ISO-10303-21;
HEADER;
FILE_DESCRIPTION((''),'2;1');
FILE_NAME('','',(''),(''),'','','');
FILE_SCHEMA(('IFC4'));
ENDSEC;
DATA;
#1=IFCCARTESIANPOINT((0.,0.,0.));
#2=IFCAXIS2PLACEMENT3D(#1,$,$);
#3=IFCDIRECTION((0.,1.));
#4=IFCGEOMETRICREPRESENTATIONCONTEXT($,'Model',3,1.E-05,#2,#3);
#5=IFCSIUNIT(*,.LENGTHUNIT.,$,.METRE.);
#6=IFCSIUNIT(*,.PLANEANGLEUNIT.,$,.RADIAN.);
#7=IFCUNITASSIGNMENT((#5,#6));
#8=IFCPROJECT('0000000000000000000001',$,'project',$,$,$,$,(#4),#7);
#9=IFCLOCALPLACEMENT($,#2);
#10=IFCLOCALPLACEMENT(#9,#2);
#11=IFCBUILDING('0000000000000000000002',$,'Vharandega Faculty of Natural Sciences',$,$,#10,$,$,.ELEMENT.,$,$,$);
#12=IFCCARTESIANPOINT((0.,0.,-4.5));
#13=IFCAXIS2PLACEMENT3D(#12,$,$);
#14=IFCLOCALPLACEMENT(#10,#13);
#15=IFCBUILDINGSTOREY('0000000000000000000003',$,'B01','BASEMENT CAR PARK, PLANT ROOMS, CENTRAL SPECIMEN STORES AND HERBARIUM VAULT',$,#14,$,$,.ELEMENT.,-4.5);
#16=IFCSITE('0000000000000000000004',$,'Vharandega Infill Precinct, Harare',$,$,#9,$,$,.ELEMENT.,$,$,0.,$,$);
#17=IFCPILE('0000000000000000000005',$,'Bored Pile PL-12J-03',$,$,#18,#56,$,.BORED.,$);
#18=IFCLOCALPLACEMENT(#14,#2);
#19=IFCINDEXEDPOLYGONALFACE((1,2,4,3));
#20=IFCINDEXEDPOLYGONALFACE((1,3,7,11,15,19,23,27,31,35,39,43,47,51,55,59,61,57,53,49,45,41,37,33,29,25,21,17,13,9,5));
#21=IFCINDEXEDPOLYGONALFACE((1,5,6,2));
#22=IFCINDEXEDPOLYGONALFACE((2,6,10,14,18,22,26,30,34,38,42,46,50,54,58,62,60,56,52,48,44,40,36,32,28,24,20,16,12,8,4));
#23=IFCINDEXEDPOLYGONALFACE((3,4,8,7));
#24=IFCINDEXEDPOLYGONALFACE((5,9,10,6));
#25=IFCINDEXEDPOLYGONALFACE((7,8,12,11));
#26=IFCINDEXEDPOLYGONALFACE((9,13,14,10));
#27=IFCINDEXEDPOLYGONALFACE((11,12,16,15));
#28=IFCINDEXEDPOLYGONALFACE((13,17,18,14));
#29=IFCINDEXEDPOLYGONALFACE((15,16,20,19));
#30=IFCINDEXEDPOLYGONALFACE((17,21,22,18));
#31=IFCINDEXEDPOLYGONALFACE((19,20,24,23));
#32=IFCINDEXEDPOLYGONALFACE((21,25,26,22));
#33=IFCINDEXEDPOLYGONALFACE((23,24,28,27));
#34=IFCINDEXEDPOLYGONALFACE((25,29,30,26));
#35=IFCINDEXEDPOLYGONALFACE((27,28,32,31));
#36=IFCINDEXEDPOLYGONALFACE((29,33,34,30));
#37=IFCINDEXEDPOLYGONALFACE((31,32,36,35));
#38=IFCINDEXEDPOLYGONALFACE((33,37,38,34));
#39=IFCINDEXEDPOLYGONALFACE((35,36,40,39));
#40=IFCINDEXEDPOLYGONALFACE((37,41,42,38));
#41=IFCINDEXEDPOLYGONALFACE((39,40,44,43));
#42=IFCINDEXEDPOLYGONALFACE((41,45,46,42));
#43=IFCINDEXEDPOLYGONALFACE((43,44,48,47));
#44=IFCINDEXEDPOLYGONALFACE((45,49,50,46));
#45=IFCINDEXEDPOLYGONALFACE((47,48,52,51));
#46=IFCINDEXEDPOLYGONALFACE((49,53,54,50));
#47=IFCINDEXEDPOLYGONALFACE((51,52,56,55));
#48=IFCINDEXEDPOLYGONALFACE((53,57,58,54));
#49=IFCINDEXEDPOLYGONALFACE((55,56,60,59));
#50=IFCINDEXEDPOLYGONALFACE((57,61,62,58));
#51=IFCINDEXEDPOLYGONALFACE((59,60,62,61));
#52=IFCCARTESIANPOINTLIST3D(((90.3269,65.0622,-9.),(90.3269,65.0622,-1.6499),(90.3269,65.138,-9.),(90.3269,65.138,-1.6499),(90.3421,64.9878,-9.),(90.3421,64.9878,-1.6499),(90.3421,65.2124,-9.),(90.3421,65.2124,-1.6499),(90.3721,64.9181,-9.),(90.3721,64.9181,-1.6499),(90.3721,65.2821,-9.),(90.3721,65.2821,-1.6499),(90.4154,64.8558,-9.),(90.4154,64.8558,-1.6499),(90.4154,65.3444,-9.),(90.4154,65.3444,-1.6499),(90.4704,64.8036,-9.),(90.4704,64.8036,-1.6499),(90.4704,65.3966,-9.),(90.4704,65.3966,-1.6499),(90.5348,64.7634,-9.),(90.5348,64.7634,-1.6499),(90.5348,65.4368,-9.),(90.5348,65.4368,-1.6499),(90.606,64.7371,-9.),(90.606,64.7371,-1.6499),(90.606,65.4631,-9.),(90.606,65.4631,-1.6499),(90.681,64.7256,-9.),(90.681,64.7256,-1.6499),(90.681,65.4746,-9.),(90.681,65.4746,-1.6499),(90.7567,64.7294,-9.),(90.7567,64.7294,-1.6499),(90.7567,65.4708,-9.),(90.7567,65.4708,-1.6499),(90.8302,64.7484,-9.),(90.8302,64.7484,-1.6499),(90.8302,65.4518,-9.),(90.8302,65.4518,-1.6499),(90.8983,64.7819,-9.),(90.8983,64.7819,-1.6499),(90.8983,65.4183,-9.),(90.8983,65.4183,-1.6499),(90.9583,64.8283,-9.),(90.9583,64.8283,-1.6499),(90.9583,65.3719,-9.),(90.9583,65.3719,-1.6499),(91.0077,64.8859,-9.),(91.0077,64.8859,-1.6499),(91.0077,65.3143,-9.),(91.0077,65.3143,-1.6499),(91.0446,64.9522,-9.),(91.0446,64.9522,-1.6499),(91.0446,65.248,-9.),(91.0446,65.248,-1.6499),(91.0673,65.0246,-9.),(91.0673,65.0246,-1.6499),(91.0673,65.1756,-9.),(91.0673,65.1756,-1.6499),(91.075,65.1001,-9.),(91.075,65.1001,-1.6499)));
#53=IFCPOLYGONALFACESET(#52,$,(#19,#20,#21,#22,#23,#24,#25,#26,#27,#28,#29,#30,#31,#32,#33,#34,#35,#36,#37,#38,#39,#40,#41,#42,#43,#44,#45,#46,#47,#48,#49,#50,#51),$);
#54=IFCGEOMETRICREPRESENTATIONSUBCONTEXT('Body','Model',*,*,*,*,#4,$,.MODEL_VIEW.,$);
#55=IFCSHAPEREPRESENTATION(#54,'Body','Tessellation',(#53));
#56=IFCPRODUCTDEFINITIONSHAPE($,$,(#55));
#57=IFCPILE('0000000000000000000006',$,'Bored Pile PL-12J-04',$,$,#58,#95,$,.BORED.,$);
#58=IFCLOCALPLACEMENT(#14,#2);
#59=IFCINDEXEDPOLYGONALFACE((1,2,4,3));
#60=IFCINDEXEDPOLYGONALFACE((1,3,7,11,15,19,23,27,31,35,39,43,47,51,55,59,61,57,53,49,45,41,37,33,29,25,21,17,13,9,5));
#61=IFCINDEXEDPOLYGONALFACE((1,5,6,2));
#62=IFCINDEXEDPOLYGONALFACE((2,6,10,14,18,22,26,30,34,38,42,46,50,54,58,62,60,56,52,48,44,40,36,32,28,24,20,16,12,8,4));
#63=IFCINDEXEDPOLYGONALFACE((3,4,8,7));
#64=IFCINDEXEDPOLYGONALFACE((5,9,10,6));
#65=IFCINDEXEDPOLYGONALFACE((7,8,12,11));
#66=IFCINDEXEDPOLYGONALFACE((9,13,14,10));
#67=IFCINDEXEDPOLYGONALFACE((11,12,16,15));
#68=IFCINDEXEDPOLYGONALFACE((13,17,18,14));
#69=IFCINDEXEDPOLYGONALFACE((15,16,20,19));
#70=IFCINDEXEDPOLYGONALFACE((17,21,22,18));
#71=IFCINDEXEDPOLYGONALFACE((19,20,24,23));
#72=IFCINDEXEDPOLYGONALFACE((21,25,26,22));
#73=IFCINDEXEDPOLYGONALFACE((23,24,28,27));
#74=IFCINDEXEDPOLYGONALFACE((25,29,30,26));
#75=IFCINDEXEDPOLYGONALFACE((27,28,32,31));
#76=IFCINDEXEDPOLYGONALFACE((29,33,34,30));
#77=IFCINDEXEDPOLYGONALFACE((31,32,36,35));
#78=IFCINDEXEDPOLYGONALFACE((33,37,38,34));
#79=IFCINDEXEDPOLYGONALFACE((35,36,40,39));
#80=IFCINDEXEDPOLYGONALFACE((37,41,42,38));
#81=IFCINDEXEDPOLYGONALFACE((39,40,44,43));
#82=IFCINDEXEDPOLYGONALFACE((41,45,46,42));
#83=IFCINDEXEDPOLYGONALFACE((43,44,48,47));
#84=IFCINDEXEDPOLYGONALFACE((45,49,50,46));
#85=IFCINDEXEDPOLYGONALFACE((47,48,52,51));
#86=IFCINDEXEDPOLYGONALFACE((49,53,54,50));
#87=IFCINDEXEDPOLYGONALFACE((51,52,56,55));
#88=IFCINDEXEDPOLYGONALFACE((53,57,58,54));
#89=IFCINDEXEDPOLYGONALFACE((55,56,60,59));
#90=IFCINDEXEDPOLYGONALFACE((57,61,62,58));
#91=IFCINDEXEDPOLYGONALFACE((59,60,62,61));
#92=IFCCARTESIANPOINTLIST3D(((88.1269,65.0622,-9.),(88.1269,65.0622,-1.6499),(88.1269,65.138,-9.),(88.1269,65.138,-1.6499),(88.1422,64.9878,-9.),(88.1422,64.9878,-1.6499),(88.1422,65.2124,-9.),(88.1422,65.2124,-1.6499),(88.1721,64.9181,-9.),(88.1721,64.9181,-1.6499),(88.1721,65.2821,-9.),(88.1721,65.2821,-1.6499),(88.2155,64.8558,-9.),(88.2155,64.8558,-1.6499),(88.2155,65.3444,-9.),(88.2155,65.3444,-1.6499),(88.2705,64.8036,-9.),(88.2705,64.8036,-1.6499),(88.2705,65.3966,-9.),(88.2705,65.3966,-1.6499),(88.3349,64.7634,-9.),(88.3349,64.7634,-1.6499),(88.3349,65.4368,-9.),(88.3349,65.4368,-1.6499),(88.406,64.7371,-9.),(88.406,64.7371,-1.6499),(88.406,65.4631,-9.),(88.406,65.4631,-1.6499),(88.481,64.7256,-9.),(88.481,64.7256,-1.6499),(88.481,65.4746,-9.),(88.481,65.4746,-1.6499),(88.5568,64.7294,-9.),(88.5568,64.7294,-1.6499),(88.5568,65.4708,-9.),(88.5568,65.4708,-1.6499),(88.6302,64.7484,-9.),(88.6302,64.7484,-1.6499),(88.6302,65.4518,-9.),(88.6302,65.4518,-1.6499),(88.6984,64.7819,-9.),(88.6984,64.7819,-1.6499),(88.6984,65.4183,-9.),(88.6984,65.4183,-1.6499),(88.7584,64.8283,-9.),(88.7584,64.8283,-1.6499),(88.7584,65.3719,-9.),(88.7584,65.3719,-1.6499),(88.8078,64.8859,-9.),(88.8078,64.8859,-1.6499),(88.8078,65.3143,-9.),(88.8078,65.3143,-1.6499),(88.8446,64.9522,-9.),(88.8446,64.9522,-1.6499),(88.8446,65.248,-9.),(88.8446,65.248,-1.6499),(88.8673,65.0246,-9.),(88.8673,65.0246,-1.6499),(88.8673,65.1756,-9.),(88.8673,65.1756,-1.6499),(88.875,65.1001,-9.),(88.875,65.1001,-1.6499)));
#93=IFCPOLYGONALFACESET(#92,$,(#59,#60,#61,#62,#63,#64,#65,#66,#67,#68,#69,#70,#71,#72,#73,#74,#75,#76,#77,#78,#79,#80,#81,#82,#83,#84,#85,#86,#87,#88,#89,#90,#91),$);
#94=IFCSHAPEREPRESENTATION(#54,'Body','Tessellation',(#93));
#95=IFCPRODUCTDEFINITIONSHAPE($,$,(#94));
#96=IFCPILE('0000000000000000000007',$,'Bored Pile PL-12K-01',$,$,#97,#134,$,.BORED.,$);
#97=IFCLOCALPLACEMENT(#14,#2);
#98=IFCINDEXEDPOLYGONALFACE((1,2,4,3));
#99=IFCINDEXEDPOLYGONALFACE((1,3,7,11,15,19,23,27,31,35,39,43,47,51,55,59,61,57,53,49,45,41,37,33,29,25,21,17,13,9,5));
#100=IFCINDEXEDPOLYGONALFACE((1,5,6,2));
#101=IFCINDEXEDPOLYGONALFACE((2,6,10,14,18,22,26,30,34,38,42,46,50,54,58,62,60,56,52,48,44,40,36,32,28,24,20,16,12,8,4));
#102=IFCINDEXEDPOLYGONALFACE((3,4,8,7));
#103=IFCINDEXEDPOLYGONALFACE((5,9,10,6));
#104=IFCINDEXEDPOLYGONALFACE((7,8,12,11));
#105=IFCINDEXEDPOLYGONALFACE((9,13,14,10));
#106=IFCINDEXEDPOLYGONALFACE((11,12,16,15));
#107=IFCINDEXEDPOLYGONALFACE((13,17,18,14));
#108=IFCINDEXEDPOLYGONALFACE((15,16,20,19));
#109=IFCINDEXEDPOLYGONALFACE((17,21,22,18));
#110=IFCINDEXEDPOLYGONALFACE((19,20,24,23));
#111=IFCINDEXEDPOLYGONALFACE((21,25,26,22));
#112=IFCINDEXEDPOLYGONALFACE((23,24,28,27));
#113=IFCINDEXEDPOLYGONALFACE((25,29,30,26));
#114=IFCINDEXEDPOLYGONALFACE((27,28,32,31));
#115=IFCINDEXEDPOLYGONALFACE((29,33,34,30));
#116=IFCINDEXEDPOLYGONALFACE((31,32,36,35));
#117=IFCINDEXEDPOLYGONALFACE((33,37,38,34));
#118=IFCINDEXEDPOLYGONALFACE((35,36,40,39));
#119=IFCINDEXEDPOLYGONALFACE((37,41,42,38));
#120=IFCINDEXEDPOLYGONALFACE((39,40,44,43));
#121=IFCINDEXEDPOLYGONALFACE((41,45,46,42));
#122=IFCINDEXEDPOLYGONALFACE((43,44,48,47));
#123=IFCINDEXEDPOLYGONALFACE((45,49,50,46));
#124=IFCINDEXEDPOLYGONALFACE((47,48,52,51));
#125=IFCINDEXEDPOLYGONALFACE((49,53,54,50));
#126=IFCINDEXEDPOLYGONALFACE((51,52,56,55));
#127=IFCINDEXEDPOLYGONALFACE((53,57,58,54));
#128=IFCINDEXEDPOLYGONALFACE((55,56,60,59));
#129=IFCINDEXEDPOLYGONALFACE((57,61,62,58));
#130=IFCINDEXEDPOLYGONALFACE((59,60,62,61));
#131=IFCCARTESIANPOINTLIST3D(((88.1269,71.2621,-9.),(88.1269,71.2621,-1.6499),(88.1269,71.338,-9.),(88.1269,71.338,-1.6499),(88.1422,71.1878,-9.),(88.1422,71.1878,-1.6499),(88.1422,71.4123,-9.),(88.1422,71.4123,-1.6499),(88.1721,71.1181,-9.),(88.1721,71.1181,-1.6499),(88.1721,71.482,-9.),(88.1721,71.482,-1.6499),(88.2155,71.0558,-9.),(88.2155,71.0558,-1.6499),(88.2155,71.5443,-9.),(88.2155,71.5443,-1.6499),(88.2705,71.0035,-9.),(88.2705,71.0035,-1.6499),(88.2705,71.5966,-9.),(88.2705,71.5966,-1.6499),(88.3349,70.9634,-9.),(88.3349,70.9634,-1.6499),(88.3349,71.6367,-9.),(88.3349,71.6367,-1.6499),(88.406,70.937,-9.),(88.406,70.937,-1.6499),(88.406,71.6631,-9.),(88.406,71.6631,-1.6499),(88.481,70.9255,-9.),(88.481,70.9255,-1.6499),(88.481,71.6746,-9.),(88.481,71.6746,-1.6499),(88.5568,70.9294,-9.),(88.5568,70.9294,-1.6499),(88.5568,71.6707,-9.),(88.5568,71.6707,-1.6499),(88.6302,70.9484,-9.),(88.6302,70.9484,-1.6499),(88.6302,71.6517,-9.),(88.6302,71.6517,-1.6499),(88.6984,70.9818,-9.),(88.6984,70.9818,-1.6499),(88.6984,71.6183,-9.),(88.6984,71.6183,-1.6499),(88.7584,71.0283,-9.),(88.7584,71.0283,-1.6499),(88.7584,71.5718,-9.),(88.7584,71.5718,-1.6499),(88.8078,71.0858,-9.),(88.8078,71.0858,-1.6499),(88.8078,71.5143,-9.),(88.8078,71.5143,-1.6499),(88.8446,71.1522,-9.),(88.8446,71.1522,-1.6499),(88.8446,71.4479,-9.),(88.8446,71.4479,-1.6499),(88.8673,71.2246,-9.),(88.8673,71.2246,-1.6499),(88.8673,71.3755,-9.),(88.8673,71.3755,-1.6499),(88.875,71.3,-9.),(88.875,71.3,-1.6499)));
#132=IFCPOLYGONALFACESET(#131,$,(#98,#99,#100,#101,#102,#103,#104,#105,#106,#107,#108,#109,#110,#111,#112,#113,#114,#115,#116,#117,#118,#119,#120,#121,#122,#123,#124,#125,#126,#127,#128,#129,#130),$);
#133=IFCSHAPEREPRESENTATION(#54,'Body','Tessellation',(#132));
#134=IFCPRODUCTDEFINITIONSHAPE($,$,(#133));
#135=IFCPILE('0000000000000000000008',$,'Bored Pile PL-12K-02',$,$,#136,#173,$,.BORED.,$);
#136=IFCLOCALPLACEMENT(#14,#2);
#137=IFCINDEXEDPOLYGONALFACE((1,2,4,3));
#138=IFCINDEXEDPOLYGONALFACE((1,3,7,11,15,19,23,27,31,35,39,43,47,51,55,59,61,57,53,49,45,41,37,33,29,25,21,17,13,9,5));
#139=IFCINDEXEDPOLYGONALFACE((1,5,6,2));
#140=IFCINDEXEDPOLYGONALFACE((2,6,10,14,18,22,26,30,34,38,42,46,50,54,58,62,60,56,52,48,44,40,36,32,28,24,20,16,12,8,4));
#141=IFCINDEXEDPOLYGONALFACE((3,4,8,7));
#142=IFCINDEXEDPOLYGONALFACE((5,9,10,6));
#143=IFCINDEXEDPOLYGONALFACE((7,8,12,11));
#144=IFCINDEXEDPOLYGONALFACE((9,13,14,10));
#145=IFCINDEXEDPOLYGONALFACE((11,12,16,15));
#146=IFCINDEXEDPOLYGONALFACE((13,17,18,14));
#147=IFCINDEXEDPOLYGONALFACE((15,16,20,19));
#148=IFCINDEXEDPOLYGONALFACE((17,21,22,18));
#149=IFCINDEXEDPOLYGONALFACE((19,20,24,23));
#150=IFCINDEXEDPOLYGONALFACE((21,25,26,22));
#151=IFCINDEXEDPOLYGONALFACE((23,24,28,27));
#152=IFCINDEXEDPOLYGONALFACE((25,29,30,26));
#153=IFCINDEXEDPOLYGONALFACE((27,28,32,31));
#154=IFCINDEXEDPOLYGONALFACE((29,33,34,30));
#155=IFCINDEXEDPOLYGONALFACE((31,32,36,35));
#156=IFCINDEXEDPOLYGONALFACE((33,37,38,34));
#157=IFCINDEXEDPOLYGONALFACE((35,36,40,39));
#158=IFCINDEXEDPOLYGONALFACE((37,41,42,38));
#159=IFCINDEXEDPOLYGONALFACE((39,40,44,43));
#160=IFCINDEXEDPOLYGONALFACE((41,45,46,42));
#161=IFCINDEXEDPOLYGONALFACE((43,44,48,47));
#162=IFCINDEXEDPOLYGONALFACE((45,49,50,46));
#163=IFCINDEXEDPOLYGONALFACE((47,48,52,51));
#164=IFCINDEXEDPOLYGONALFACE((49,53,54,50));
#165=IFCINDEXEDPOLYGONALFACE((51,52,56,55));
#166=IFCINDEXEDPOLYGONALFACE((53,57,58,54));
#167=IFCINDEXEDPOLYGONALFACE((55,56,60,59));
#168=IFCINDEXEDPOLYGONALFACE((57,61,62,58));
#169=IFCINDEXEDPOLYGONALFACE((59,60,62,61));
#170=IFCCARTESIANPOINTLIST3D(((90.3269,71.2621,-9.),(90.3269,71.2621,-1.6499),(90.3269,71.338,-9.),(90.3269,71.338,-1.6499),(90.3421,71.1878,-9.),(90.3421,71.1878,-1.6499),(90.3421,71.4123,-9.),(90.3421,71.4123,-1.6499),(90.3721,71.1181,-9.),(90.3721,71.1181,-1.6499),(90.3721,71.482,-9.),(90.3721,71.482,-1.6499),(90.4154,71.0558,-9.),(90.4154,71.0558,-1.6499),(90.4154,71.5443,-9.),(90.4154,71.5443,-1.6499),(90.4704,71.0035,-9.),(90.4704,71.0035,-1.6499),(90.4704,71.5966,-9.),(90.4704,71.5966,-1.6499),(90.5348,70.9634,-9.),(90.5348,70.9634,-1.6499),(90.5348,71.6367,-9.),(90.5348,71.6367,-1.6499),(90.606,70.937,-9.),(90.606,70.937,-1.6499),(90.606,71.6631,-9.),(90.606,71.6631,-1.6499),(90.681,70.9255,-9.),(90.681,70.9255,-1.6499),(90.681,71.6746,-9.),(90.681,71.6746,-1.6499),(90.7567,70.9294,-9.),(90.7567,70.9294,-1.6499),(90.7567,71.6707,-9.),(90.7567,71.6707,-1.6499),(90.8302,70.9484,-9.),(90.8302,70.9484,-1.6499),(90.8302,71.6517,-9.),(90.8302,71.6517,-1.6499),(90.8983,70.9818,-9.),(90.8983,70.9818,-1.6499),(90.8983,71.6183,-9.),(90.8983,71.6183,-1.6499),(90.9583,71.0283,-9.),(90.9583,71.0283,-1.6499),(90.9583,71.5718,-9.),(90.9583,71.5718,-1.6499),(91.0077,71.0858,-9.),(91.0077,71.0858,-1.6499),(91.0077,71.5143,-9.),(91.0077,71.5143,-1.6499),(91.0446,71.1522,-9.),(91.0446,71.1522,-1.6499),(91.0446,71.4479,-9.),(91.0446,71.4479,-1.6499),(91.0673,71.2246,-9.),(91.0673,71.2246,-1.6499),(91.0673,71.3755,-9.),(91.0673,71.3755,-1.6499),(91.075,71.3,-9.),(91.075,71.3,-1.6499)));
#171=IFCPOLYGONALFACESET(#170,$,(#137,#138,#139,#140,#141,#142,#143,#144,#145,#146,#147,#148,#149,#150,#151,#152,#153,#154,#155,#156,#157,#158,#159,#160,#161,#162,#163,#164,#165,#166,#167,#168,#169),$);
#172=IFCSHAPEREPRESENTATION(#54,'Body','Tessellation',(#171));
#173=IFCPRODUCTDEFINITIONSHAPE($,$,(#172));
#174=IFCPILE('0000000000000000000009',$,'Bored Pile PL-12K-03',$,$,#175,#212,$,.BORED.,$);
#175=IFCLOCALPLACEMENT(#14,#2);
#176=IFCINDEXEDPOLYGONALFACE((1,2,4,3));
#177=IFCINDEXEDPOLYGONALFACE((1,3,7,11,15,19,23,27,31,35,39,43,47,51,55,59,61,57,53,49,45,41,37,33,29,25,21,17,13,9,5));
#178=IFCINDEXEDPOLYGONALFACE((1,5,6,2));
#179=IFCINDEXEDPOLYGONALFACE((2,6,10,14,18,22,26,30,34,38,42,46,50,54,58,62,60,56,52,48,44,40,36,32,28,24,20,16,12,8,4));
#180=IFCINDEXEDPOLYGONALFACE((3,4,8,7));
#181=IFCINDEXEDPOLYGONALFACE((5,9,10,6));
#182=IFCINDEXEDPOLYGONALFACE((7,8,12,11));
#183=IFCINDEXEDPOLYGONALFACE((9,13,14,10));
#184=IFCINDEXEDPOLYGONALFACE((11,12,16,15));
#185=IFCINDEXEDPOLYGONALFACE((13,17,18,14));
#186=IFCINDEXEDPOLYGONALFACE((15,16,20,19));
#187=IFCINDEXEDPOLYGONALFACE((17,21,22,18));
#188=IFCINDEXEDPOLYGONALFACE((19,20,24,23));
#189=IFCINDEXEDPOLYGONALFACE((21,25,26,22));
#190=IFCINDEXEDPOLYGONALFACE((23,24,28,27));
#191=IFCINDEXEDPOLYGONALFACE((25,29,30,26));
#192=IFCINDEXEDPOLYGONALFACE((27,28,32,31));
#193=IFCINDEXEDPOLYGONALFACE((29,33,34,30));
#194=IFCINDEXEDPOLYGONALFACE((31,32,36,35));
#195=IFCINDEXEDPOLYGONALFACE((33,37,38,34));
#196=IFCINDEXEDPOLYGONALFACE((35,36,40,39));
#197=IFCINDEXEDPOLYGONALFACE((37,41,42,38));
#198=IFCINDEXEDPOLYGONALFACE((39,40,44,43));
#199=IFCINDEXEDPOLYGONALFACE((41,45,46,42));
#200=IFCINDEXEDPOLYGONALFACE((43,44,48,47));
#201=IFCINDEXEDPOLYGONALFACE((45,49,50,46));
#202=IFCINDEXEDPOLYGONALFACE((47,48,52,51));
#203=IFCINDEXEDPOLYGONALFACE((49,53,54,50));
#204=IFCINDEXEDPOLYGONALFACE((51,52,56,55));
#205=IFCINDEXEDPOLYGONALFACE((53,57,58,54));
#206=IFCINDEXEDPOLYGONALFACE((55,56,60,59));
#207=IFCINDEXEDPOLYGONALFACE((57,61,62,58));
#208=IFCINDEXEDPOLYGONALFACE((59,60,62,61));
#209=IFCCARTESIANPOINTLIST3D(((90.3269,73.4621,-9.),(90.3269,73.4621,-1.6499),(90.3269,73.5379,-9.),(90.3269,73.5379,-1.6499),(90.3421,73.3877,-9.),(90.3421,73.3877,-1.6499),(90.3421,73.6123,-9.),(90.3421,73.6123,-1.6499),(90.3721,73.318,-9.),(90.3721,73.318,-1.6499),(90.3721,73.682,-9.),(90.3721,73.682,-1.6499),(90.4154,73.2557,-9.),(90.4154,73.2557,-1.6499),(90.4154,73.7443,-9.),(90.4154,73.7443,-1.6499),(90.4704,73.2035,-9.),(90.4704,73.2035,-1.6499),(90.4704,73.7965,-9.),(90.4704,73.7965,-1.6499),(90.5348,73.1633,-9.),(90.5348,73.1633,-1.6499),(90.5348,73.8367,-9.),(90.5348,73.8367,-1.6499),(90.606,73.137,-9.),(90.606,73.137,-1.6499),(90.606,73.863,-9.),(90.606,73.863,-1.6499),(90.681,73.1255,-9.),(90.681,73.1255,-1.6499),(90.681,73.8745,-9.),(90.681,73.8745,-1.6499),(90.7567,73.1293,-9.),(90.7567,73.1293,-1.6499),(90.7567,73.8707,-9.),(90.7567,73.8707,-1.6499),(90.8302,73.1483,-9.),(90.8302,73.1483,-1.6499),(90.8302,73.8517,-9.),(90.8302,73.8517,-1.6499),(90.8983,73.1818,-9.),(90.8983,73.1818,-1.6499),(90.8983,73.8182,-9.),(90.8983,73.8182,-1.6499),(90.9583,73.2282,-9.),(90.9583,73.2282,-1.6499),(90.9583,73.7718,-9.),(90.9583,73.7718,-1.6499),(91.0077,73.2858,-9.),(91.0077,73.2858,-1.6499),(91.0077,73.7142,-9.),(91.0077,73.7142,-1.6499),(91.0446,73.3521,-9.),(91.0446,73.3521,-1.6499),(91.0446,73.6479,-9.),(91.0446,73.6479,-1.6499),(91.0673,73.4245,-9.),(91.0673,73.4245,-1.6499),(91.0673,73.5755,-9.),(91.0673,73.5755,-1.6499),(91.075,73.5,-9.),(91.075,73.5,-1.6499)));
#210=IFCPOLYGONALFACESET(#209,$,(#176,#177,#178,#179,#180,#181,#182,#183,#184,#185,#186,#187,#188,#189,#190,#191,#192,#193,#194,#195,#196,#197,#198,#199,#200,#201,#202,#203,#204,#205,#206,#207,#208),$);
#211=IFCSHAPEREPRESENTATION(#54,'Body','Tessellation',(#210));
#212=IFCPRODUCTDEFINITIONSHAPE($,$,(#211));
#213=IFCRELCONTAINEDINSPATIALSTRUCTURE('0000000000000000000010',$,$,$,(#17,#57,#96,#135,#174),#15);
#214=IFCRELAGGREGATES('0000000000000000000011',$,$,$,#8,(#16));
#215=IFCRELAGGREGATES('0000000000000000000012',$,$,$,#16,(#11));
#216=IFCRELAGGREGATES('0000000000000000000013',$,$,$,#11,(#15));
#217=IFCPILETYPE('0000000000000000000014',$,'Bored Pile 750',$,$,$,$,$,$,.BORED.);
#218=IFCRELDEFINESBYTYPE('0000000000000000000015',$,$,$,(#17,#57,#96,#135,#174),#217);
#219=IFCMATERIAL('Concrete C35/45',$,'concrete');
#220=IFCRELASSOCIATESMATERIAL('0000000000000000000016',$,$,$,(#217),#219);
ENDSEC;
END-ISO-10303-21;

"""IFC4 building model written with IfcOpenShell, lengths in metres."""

from ifc_helpers import new_model, si_unit, direction, frame, origin, origin_2d, place, context, subcontext, project, spatial, circle, extrude, material, material_profile, profile_set, type_object, element, save


model = new_model("IFC4")

# Units and contexts
model_context = context("Model", 3, precision=1e-05, world=origin(), true_north=direction((0.0, 1.0)))
body_context = subcontext(model_context, "Body", "Model", "MODEL_VIEW")
ifc_project = project(units=[si_unit("LENGTHUNIT", "METRE"), si_unit("PLANEANGLEUNIT", "RADIAN")], contexts=[model_context])

# Site, building, storey
site_placement = place(None, origin())
site = spatial("IfcSite", under=ifc_project, at=site_placement, Name="Vharandega Infill Precinct, Harare", CompositionType="ELEMENT", RefElevation=0.0)
building_placement = place(site_placement, origin())
building = spatial("IfcBuilding", under=site, at=building_placement, Name="Vharandega Faculty of Natural Sciences", CompositionType="ELEMENT")
storey_placement = place(building_placement, frame((0.0, 0.0, -4.5)))
storey = spatial("IfcBuildingStorey", under=building, at=storey_placement, Name="B01", Description="BASEMENT CAR PARK, PLANT ROOMS, CENTRAL SPECIMEN STORES AND HERBARIUM VAULT", CompositionType="ELEMENT", Elevation=-4.5)

# Piles
ifc_material_1 = material(Name="Concrete C35/45", Category="concrete")
ifc_material_profile_1 = material_profile(ifc_material_1, circle(Radius=0.375, at=origin_2d()), Name="PILE 750")
ifc_profile_set_1 = profile_set([ifc_material_profile_1], Name="Concrete C35/45")
pile_type_1 = type_object("IfcPileType", Name="Bored Pile 750", PredefinedType="BORED", material=ifc_profile_set_1)
for number, where, z_axis, x_axis, name in (
    (1, (90.7, 65.1001, -1.6499), (0.0, 0.0, -1.0), (1.0, 0.0, 0.0), "Bored Pile PL-12J-03"),
    (2, (88.5, 65.1001, -1.6499), (0.0, 0.0, -1.0), (1.0, 0.0, 0.0), "Bored Pile PL-12J-04"),
    (3, (88.5, 71.3, -1.6499), (0.0, 0.0, -1.0), (1.0, 0.0, 0.0), "Bored Pile PL-12K-01"),
    (4, (90.7, 71.3, -1.6499), (0.0, 0.0, -1.0), (1.0, 0.0, 0.0), "Bored Pile PL-12K-02"),
    (5, (90.7, 73.5, -1.6499), (0.0, 0.0, -1.0), (1.0, 0.0, 0.0), "Bored Pile PL-12K-03"),
):
    element("IfcPile", number, at=place(storey_placement, frame(where, z_axis=z_axis, x_axis=x_axis)), inside=storey, type_object=pile_type_1, Name=name, PredefinedType="BORED", context=body_context, shape_type="SweptSolid", body=[
        extrude(circle(Radius=0.375, at=origin_2d()), origin(), (0.0, 0.0, 1.0), 7.3501),
    ])

save(model, "model.ifc")
